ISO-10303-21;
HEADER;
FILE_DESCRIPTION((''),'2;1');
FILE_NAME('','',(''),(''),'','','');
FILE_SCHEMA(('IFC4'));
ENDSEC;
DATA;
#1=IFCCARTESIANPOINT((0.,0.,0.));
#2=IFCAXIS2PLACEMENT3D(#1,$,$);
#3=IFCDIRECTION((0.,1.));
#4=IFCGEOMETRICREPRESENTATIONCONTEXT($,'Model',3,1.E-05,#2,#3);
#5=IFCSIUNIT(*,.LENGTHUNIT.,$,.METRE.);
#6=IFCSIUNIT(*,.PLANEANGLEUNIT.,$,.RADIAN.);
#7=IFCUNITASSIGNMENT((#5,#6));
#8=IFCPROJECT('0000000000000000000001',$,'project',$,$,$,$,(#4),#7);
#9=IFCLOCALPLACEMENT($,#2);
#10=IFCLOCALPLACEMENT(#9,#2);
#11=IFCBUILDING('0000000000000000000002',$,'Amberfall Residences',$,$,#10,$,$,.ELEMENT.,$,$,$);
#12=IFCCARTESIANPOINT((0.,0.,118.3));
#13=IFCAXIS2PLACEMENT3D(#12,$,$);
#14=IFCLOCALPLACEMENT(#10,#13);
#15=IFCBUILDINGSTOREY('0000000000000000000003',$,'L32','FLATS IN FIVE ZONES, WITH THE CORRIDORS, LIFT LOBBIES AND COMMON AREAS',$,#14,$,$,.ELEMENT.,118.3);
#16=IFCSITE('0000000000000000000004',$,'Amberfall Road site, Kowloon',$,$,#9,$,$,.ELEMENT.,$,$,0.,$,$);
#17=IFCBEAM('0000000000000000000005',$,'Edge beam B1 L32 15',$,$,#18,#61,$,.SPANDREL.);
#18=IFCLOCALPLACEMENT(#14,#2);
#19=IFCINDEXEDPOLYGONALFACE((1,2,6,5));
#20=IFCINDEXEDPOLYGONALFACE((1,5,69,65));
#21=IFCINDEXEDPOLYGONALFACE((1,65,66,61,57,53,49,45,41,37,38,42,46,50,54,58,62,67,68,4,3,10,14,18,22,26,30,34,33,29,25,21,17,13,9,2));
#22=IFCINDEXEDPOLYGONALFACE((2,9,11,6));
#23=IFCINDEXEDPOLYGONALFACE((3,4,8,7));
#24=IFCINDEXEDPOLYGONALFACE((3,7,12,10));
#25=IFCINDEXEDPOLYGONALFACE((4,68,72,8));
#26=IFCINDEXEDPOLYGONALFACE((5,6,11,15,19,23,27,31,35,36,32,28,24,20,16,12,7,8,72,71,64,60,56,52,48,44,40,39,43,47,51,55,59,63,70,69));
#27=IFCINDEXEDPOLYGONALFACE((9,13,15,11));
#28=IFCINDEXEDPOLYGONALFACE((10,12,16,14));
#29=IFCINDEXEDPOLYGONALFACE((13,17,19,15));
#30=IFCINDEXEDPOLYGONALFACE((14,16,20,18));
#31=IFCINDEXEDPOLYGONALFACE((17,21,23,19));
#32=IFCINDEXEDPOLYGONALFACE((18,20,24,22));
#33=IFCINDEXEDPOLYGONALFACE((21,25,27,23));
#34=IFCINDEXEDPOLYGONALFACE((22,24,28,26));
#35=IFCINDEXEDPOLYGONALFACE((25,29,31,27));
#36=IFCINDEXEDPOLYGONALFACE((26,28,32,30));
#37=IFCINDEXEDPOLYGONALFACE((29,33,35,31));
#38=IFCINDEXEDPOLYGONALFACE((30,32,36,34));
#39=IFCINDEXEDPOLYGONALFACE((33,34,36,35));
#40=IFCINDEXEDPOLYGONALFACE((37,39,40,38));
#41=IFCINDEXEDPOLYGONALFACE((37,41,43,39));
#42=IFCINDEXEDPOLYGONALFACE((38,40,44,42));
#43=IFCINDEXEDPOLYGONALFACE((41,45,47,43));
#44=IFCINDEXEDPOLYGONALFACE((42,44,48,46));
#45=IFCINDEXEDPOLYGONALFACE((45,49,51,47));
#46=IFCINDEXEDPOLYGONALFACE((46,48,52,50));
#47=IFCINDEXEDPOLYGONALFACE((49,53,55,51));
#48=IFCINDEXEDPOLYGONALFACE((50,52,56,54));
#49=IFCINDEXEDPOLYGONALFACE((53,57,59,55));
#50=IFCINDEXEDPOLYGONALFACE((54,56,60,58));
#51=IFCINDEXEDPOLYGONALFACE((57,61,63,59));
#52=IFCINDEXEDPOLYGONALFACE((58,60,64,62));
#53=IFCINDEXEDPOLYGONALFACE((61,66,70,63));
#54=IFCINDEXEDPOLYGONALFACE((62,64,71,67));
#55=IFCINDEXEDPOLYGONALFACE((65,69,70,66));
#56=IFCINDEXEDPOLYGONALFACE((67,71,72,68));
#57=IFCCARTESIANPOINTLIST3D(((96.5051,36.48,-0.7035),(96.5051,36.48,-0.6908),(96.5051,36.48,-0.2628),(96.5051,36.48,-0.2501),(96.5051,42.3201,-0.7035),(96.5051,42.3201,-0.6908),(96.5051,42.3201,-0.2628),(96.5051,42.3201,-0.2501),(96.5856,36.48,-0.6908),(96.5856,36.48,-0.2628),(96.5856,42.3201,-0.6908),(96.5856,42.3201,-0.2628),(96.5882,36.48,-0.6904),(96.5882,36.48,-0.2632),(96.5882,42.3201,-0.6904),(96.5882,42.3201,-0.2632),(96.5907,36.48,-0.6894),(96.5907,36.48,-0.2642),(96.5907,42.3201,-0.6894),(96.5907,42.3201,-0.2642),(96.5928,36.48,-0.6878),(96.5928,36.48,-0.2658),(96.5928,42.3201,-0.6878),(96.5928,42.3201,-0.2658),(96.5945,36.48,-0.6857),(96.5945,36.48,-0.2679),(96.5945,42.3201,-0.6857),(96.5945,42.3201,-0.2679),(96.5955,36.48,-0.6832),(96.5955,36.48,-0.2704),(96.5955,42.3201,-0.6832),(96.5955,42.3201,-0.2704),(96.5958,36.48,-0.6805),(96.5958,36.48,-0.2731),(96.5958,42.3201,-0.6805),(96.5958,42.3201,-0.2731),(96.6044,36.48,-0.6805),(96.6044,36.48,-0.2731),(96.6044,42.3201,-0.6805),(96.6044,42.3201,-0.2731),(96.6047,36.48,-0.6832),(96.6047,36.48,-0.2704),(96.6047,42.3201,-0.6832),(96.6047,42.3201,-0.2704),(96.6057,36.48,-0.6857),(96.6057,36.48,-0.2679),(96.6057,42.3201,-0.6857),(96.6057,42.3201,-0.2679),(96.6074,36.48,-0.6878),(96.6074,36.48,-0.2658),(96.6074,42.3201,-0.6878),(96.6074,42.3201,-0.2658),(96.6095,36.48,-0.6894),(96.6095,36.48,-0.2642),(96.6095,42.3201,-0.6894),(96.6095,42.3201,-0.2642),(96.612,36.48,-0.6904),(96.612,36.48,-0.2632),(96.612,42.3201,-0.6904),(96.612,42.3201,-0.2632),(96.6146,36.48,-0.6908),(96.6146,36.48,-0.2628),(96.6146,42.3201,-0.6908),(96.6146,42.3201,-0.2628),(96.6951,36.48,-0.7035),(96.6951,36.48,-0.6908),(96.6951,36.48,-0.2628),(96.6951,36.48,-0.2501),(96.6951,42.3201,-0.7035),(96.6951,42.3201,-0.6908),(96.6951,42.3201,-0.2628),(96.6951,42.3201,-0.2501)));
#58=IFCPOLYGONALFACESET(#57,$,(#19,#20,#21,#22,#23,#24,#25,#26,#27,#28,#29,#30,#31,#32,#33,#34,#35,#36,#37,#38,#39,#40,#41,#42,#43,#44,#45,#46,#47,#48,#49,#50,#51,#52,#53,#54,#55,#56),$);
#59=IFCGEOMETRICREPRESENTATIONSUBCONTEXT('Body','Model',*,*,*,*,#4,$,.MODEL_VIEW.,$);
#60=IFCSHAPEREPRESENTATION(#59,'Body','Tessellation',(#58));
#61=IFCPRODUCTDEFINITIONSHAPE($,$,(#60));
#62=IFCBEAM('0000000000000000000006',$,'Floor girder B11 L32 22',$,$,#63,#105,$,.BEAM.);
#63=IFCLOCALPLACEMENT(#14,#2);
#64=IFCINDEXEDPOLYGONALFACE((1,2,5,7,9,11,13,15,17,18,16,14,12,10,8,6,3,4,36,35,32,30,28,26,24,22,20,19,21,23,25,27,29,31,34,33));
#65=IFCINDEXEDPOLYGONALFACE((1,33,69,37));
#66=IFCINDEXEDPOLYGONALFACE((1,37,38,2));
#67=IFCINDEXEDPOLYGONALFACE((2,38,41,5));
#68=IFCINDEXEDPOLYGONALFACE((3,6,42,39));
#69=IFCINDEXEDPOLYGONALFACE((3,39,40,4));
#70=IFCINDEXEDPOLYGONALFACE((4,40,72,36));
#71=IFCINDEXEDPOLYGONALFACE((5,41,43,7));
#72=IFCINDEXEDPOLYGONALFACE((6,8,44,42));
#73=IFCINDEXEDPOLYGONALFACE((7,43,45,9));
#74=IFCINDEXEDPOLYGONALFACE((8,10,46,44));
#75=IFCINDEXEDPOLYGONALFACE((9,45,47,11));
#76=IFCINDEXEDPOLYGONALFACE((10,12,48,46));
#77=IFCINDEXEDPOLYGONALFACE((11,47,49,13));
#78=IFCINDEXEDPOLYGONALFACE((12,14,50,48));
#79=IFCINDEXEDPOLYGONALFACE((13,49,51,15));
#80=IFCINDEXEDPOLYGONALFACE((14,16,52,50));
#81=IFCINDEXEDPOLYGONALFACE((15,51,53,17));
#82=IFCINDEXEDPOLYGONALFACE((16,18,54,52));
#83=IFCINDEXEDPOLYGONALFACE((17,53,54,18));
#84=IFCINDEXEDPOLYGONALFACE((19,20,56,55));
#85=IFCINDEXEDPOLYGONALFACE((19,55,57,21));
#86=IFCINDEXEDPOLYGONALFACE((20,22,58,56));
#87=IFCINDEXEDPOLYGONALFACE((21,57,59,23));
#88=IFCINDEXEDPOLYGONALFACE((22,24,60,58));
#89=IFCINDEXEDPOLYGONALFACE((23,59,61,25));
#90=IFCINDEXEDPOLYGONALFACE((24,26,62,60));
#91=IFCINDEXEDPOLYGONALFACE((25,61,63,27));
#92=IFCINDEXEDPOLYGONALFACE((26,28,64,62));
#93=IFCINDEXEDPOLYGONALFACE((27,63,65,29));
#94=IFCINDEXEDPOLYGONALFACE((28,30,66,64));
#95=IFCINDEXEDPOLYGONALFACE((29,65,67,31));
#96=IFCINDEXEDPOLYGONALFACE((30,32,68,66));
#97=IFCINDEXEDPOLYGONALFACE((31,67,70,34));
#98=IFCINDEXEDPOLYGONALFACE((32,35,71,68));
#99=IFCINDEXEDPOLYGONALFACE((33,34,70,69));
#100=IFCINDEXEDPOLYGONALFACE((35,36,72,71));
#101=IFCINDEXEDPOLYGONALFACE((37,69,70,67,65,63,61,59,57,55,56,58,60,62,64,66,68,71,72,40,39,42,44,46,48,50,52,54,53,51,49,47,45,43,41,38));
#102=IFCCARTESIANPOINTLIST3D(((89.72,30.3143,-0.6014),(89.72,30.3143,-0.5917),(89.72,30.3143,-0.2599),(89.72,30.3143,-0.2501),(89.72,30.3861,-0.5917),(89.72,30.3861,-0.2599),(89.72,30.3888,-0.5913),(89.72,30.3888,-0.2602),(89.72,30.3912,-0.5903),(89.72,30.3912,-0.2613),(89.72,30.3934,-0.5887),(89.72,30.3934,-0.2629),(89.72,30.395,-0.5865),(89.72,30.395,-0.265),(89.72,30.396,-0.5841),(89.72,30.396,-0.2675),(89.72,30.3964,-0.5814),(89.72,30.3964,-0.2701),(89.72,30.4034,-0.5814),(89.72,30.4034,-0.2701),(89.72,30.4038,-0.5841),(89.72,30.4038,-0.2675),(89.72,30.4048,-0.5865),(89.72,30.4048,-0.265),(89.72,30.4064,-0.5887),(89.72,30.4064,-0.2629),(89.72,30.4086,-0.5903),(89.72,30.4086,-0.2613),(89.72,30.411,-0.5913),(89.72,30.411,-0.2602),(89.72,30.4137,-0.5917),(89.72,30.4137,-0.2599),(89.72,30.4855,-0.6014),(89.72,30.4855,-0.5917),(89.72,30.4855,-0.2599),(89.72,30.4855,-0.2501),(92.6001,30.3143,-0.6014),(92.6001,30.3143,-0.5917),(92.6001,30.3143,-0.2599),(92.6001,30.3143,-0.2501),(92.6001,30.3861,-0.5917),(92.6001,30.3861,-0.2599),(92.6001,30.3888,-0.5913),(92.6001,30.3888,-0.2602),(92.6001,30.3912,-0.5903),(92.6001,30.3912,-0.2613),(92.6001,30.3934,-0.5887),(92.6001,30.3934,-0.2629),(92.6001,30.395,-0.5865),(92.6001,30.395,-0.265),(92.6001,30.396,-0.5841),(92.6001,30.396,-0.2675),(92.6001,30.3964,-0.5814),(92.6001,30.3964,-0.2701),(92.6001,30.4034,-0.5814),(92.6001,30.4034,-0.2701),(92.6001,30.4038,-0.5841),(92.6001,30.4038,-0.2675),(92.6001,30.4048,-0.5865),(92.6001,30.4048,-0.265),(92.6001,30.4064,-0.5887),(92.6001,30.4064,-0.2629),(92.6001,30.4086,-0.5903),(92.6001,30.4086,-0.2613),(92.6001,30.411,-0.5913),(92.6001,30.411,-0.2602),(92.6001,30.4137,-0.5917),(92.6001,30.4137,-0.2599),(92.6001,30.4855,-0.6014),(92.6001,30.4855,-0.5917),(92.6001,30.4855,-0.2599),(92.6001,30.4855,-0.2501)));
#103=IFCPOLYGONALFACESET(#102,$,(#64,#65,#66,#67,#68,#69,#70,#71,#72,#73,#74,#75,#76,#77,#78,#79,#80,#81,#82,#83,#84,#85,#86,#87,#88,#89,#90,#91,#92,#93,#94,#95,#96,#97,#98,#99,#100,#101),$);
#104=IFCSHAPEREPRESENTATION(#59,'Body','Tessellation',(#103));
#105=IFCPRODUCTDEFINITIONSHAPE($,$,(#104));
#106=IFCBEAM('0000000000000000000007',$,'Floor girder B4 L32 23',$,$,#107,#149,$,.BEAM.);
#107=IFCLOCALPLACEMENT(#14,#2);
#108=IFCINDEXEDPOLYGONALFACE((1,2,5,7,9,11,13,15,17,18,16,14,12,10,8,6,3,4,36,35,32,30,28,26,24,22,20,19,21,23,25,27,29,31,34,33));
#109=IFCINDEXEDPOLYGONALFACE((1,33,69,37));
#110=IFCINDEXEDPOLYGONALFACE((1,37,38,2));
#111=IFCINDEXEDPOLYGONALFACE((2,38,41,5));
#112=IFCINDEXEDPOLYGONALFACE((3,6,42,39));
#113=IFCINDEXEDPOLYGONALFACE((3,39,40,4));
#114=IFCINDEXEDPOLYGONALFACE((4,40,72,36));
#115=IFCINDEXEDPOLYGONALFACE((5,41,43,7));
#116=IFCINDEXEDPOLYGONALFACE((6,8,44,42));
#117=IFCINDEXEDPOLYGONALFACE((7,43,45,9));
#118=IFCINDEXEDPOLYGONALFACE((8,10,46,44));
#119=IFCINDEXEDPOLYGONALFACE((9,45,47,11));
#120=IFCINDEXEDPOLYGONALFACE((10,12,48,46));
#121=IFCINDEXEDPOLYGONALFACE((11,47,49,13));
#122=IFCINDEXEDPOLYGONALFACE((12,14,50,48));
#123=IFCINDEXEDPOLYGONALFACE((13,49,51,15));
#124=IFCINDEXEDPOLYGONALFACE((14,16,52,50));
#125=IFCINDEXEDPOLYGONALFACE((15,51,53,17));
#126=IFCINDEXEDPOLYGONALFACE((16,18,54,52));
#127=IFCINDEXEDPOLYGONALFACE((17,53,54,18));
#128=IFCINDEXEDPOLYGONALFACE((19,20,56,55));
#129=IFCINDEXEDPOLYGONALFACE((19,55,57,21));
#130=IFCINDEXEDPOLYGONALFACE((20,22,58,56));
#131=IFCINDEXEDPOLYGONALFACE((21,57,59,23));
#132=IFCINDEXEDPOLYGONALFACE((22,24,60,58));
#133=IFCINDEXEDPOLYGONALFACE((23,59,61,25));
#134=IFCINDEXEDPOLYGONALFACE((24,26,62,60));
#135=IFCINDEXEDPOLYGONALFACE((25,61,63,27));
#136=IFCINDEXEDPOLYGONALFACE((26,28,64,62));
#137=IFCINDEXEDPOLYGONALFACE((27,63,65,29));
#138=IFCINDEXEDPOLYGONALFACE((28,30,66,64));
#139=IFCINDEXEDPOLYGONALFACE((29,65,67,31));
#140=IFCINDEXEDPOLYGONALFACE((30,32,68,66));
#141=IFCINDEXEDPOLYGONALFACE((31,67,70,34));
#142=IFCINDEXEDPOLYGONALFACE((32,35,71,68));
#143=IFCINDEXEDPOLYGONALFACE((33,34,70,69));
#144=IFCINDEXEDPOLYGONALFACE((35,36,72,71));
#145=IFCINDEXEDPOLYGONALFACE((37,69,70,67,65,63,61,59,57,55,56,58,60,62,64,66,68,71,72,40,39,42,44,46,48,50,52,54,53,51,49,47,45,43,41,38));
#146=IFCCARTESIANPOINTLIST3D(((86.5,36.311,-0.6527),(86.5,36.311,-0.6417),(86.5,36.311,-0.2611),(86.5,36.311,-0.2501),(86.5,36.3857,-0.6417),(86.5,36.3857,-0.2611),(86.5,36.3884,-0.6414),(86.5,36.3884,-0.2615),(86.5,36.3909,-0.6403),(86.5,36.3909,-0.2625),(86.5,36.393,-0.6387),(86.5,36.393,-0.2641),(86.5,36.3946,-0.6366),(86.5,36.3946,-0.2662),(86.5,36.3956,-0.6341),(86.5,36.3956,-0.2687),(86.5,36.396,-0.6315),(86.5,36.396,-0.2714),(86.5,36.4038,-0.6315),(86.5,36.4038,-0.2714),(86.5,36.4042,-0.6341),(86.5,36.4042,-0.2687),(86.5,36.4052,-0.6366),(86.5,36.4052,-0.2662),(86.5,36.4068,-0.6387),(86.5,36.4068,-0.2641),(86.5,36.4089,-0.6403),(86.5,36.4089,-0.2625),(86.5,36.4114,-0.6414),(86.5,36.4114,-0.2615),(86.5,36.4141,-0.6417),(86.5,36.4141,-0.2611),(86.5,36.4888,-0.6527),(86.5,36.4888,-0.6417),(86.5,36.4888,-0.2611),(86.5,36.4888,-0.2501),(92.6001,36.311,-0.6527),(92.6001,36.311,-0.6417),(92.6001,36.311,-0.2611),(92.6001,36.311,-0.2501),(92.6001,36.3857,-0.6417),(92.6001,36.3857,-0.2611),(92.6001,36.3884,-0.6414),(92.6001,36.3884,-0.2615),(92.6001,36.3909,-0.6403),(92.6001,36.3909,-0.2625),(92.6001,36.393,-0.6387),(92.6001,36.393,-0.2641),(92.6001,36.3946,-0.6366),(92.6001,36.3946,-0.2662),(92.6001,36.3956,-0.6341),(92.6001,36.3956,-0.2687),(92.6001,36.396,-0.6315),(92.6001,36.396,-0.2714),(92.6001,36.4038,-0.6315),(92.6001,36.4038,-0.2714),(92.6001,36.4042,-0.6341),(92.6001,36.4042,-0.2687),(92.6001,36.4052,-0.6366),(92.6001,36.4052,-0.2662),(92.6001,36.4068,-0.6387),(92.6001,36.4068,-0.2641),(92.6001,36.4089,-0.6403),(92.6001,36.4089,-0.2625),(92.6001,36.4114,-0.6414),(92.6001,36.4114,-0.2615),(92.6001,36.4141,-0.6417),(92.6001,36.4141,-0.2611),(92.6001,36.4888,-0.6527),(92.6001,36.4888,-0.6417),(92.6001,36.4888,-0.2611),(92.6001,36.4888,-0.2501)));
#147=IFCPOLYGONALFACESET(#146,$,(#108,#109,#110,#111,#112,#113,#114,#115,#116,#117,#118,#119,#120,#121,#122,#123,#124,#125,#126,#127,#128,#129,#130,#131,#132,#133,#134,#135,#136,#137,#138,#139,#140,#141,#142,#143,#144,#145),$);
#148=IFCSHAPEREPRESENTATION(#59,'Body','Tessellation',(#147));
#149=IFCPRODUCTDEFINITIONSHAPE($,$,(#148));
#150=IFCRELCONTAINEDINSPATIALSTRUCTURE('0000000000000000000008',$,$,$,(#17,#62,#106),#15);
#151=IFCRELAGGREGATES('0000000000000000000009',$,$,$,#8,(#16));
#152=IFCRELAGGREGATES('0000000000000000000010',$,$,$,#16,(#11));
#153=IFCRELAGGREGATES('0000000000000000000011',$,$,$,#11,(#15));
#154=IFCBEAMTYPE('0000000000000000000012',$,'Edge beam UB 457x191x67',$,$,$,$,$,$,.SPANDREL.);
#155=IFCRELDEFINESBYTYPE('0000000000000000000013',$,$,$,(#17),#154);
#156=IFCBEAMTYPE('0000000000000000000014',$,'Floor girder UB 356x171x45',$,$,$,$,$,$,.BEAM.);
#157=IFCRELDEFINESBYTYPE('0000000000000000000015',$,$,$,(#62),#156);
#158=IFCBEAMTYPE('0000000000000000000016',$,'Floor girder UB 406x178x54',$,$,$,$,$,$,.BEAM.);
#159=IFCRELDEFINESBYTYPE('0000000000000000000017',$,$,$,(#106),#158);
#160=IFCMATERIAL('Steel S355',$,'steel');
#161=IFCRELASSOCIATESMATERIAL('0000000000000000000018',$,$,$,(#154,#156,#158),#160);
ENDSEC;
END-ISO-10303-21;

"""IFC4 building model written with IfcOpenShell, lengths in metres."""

from ifc_helpers import new_model, si_unit, direction, frame, origin, origin_2d, place, context, subcontext, project, spatial, i_section, extrude, material, material_profile, profile_set, type_object, element, save


model = new_model("IFC4")

# Units and contexts
model_context = context("Model", 3, precision=1e-05, world=origin(), true_north=direction((0.0, 1.0)))
body_context = subcontext(model_context, "Body", "Model", "MODEL_VIEW")
ifc_project = project(units=[si_unit("LENGTHUNIT", "METRE"), si_unit("PLANEANGLEUNIT", "RADIAN")], contexts=[model_context])

# Site, building, storey
site_placement = place(None, origin())
site = spatial("IfcSite", under=ifc_project, at=site_placement, Name="Amberfall Road site, Kowloon", CompositionType="ELEMENT", RefElevation=0.0)
building_placement = place(site_placement, origin())
building = spatial("IfcBuilding", under=site, at=building_placement, Name="Amberfall Residences", CompositionType="ELEMENT")
storey_placement = place(building_placement, frame((0.0, 0.0, 118.3)))
storey = spatial("IfcBuildingStorey", under=building, at=storey_placement, Name="L32", Description="FLATS IN FIVE ZONES, WITH THE CORRIDORS, LIFT LOBBIES AND COMMON AREAS", CompositionType="ELEMENT", Elevation=118.3)

# Beams
ifc_material_1 = material(Name="Steel S355", Category="steel")
ifc_material_profile_1 = material_profile(ifc_material_1, i_section(OverallWidth=0.1899, OverallDepth=0.4534, WebThickness=0.0085, FlangeThickness=0.0127, FilletRadius=0.0103, at=origin_2d()), Name="UB 457x191x67")
ifc_profile_set_1 = profile_set([ifc_material_profile_1], Name="Steel S355")
beam_type_1 = type_object("IfcBeamType", Name="Edge beam UB 457x191x67", PredefinedType="SPANDREL", material=ifc_profile_set_1)
for number, where, z_axis, x_axis, name in (
    (1, (96.6001, 36.48, -0.4768), (0.0, 1.0, 0.0), (-1.0, 0.0, 0.0), "Edge beam B1 L32 15"),
):
    element("IfcBeam", number, at=place(storey_placement, frame(where, z_axis=z_axis, x_axis=x_axis)), inside=storey, type_object=beam_type_1, Name=name, PredefinedType="SPANDREL", context=body_context, shape_type="SweptSolid", body=[
        extrude(i_section(OverallWidth=0.1899, OverallDepth=0.4534, WebThickness=0.0085, FlangeThickness=0.0127, FilletRadius=0.0103, at=origin_2d()), origin(), (0.0, 0.0, 1.0), 5.8401),
    ])
ifc_material_profile_2 = material_profile(ifc_material_1, i_section(OverallWidth=0.1711, OverallDepth=0.3513, WebThickness=0.0071, FlangeThickness=0.0098, FilletRadius=0.0103, at=origin_2d()), Name="UB 356x171x45")
ifc_profile_set_2 = profile_set([ifc_material_profile_2], Name="Steel S355")
beam_type_2 = type_object("IfcBeamType", Name="Floor girder UB 356x171x45", PredefinedType="BEAM", material=ifc_profile_set_2)
beam_1_placement = place(storey_placement, frame((92.6001, 30.3999, -0.4258), z_axis=(-1.0, 0.0, 0.0), x_axis=(0.0, -1.0, 0.0)))
element("IfcBeam", 2, at=beam_1_placement, inside=storey, type_object=beam_type_2, Name="Floor girder B11 L32 22", PredefinedType="BEAM", context=body_context, shape_type="SweptSolid", body=[
    extrude(i_section(OverallWidth=0.1711, OverallDepth=0.3513, WebThickness=0.0071, FlangeThickness=0.0098, FilletRadius=0.0103, at=origin_2d()), origin(), (0.0, 0.0, 1.0), 2.8801),
])
ifc_material_profile_3 = material_profile(ifc_material_1, i_section(OverallWidth=0.1777, OverallDepth=0.4026, WebThickness=0.0078, FlangeThickness=0.011, FilletRadius=0.0103, at=origin_2d()), Name="UB 406x178x54")
ifc_profile_set_3 = profile_set([ifc_material_profile_3], Name="Steel S355")
beam_type_3 = type_object("IfcBeamType", Name="Floor girder UB 406x178x54", PredefinedType="BEAM", material=ifc_profile_set_3)
beam_2_placement = place(storey_placement, frame((92.6001, 36.3999, -0.4514), z_axis=(-1.0, 0.0, 0.0), x_axis=(0.0, -1.0, 0.0)))
element("IfcBeam", 3, at=beam_2_placement, inside=storey, type_object=beam_type_3, Name="Floor girder B4 L32 23", PredefinedType="BEAM", context=body_context, shape_type="SweptSolid", body=[
    extrude(i_section(OverallWidth=0.1777, OverallDepth=0.4026, WebThickness=0.0078, FlangeThickness=0.011, FilletRadius=0.0103, at=origin_2d()), origin(), (0.0, 0.0, 1.0), 6.1001),
])

save(model, "model.ifc")
